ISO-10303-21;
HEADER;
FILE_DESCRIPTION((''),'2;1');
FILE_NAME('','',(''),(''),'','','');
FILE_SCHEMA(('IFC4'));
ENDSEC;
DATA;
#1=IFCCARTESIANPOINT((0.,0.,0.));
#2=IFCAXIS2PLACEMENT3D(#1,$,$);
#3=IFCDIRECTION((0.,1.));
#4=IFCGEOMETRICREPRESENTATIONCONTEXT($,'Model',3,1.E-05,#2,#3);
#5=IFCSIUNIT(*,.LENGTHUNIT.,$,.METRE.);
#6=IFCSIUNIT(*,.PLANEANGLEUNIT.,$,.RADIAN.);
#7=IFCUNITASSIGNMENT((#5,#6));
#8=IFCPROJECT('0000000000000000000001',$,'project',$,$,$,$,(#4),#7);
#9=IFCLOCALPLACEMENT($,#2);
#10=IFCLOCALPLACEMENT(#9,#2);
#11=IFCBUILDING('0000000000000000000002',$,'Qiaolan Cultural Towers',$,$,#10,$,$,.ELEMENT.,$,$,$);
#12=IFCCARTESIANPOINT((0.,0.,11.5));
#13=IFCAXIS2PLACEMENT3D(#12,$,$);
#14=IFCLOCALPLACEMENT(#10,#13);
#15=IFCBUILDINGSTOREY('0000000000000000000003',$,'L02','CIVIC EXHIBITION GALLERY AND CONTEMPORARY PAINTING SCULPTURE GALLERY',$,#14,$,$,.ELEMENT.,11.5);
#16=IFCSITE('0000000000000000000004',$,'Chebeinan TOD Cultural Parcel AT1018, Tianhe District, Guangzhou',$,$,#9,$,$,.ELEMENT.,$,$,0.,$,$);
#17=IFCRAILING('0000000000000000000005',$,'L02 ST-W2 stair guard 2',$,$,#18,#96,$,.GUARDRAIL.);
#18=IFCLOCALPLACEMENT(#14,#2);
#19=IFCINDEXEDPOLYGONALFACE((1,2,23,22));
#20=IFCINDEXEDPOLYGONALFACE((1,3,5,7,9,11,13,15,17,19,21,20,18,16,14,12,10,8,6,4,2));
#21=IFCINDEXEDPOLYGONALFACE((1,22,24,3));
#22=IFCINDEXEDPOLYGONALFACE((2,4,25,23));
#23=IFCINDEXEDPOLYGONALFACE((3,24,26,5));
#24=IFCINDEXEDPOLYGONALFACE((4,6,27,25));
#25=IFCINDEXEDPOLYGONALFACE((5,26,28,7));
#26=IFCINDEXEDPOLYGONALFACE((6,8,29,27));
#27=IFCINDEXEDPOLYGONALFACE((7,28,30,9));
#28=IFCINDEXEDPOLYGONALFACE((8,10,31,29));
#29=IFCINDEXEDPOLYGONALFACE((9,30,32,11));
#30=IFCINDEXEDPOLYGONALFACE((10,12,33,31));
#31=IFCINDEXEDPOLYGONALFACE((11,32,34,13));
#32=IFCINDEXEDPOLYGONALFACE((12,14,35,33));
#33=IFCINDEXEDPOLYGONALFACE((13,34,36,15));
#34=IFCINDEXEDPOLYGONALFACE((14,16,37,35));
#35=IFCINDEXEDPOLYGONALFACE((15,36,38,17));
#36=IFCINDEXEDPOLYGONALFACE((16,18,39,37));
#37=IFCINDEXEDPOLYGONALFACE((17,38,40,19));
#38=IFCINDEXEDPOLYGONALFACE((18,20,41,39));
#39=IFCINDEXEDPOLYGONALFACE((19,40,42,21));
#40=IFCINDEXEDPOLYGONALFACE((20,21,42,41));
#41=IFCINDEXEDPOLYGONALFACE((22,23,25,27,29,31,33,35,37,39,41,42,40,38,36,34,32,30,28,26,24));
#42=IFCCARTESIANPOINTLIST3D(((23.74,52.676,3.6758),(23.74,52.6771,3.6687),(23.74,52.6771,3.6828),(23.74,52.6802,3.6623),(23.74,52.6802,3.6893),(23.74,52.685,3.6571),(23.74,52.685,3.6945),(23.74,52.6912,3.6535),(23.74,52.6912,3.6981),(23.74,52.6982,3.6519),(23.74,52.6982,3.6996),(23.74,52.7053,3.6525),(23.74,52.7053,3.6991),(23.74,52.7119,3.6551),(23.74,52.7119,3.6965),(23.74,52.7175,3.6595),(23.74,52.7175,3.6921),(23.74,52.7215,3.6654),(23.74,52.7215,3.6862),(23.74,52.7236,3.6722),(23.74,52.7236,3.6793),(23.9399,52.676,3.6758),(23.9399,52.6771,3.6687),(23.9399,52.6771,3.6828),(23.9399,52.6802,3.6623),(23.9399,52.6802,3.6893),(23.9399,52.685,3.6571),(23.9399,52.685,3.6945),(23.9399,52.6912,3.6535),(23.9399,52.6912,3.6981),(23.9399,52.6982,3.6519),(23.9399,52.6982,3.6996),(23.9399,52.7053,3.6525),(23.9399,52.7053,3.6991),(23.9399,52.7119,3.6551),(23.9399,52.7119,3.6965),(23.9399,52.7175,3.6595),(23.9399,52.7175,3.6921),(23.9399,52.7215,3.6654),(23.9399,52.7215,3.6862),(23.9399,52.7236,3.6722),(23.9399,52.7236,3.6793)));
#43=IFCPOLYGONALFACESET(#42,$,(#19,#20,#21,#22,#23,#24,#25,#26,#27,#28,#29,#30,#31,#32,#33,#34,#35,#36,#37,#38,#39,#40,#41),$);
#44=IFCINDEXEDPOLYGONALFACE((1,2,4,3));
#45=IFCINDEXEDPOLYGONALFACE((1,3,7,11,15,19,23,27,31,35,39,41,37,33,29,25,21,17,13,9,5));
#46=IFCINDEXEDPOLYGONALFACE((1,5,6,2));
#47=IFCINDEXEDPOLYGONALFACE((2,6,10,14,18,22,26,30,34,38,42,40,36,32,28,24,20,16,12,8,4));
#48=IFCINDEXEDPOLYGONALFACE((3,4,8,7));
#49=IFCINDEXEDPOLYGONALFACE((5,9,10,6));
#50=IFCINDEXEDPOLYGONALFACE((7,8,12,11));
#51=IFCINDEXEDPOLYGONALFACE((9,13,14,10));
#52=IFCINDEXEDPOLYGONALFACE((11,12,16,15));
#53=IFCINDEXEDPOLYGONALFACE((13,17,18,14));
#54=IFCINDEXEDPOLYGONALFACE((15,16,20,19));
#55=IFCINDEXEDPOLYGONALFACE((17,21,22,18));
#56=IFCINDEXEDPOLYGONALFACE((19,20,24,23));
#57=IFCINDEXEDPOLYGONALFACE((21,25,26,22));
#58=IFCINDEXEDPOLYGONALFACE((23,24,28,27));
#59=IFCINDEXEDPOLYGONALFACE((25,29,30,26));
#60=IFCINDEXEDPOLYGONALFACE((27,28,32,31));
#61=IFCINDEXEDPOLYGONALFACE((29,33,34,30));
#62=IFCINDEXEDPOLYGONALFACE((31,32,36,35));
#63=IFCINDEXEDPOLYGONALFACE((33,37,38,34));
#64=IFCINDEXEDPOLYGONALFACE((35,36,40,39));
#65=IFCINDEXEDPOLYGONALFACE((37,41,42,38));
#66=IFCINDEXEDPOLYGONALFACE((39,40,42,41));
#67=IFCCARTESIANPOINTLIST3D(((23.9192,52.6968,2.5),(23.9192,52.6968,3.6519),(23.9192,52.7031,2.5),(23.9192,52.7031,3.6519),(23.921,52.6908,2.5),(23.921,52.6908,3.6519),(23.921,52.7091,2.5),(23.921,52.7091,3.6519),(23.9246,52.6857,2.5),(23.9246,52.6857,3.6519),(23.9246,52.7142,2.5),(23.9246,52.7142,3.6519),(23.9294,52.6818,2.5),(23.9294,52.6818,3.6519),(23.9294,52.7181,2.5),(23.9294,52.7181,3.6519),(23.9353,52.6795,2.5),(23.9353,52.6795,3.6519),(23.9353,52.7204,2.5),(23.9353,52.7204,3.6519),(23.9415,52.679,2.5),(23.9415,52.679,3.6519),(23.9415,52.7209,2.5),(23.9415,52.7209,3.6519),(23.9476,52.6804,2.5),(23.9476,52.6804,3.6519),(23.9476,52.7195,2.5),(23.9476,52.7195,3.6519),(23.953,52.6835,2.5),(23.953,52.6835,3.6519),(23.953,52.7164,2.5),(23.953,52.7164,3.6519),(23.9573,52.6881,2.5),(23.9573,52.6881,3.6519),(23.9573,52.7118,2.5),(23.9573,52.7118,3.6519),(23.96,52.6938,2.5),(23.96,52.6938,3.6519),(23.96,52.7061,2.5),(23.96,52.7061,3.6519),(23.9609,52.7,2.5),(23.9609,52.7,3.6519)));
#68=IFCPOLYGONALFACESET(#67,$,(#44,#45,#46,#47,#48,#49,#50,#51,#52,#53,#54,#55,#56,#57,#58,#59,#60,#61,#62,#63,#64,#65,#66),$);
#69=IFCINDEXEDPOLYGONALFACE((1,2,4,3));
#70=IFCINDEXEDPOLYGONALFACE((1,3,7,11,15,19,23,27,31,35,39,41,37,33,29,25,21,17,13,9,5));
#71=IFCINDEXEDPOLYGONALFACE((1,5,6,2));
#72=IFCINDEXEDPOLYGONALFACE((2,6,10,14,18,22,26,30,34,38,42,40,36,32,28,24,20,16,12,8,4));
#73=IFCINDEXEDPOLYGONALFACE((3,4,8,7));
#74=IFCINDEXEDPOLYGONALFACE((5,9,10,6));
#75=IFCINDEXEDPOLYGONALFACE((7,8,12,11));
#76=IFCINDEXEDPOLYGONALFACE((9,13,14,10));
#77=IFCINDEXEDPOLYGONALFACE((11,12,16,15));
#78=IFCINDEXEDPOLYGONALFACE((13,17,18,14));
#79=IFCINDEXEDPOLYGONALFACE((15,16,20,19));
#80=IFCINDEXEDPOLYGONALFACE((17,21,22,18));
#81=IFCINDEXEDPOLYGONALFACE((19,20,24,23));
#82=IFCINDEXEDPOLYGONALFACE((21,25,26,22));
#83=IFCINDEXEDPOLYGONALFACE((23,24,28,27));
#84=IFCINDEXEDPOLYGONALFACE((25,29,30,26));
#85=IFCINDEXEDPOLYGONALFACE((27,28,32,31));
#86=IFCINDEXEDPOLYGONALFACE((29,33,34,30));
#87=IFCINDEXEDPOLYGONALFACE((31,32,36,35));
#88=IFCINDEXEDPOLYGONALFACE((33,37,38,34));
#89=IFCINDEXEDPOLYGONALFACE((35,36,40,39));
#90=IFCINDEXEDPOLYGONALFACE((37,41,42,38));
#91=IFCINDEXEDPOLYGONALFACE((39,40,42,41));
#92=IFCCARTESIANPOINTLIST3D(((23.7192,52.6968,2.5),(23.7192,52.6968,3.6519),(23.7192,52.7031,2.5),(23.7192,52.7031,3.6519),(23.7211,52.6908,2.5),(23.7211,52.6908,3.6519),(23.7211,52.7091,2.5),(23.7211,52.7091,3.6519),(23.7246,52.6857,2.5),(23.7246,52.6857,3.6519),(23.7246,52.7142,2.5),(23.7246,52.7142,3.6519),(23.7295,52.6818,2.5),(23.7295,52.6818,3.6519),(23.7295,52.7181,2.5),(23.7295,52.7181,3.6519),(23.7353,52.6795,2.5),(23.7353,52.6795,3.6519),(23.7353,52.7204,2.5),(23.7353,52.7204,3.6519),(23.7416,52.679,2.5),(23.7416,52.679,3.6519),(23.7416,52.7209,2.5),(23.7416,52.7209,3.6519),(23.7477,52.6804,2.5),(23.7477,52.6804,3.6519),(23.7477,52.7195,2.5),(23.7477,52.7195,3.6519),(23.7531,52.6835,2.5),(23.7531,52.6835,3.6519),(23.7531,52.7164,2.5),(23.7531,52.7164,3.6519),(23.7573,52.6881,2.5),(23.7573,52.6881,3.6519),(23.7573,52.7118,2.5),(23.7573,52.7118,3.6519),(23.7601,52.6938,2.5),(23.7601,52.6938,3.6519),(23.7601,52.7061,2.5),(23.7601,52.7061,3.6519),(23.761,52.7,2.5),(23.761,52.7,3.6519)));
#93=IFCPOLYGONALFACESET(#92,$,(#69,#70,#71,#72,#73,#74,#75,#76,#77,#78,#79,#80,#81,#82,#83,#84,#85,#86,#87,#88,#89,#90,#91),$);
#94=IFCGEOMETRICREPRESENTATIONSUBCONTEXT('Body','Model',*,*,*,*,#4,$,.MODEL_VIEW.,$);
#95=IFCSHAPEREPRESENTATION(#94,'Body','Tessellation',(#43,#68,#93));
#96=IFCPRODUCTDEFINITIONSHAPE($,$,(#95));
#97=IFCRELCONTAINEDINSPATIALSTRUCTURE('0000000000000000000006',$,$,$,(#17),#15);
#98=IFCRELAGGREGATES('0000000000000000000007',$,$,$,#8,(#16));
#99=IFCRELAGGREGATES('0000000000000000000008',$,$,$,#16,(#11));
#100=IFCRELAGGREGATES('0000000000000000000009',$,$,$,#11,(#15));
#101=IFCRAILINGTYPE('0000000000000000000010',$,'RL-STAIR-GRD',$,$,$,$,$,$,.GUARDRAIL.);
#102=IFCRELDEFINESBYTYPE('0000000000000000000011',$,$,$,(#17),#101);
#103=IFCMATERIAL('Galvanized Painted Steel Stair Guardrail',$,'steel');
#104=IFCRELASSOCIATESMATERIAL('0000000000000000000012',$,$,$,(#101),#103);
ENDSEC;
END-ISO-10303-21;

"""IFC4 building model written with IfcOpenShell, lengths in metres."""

from ifc_helpers import new_model, si_unit, direction, frame, origin, origin_2d, place, context, subcontext, project, spatial, circle, extrude, material, type_object, element, save


model = new_model("IFC4")

# Units and contexts
model_context = context("Model", 3, precision=1e-05, world=origin(), true_north=direction((0.0, 1.0)))
body_context = subcontext(model_context, "Body", "Model", "MODEL_VIEW")
ifc_project = project(units=[si_unit("LENGTHUNIT", "METRE"), si_unit("PLANEANGLEUNIT", "RADIAN")], contexts=[model_context])

# Site, building, storey
site_placement = place(None, origin())
site = spatial("IfcSite", under=ifc_project, at=site_placement, Name="Chebeinan TOD Cultural Parcel AT1018, Tianhe District, Guangzhou", CompositionType="ELEMENT", RefElevation=0.0)
building_placement = place(site_placement, origin())
building = spatial("IfcBuilding", under=site, at=building_placement, Name="Qiaolan Cultural Towers", CompositionType="ELEMENT")
storey_placement = place(building_placement, frame((0.0, 0.0, 11.5)))
storey = spatial("IfcBuildingStorey", under=building, at=storey_placement, Name="L02", Description="CIVIC EXHIBITION GALLERY AND CONTEMPORARY PAINTING SCULPTURE GALLERY", CompositionType="ELEMENT", Elevation=11.5)

# Railing
ifc_material_1 = material(Name="Galvanized Painted Steel Stair Guardrail", Category="steel")
railing_type_1 = type_object("IfcRailingType", Name="RL-STAIR-GRD", PredefinedType="GUARDRAIL", material=ifc_material_1)
railing_1_placement = place(storey_placement, frame((23.9399, 52.7, 2.5)))
element("IfcRailing", 1, at=railing_1_placement, inside=storey, type_object=railing_type_1, Name="L02 ST-W2 stair guard 2", PredefinedType="GUARDRAIL", context=body_context, shape_type="SweptSolid", body=[
    extrude(circle(Radius=0.0239, at=origin_2d()), frame((0.0, 0.0, 1.1758), z_axis=(-1.0, 0.0, 0.0), x_axis=(0.0, -1.0, 0.0)), (0.0, 0.0, 1.0), 0.2),
    extrude(circle(Radius=0.021, at=origin_2d()), origin(), (0.0, 0.0, 1.0), 1.1519),
    extrude(circle(Radius=0.021, at=origin_2d()), frame((-0.2, 0.0, 0.0)), (0.0, 0.0, 1.0), 1.1519),
])

save(model, "model.ifc")
